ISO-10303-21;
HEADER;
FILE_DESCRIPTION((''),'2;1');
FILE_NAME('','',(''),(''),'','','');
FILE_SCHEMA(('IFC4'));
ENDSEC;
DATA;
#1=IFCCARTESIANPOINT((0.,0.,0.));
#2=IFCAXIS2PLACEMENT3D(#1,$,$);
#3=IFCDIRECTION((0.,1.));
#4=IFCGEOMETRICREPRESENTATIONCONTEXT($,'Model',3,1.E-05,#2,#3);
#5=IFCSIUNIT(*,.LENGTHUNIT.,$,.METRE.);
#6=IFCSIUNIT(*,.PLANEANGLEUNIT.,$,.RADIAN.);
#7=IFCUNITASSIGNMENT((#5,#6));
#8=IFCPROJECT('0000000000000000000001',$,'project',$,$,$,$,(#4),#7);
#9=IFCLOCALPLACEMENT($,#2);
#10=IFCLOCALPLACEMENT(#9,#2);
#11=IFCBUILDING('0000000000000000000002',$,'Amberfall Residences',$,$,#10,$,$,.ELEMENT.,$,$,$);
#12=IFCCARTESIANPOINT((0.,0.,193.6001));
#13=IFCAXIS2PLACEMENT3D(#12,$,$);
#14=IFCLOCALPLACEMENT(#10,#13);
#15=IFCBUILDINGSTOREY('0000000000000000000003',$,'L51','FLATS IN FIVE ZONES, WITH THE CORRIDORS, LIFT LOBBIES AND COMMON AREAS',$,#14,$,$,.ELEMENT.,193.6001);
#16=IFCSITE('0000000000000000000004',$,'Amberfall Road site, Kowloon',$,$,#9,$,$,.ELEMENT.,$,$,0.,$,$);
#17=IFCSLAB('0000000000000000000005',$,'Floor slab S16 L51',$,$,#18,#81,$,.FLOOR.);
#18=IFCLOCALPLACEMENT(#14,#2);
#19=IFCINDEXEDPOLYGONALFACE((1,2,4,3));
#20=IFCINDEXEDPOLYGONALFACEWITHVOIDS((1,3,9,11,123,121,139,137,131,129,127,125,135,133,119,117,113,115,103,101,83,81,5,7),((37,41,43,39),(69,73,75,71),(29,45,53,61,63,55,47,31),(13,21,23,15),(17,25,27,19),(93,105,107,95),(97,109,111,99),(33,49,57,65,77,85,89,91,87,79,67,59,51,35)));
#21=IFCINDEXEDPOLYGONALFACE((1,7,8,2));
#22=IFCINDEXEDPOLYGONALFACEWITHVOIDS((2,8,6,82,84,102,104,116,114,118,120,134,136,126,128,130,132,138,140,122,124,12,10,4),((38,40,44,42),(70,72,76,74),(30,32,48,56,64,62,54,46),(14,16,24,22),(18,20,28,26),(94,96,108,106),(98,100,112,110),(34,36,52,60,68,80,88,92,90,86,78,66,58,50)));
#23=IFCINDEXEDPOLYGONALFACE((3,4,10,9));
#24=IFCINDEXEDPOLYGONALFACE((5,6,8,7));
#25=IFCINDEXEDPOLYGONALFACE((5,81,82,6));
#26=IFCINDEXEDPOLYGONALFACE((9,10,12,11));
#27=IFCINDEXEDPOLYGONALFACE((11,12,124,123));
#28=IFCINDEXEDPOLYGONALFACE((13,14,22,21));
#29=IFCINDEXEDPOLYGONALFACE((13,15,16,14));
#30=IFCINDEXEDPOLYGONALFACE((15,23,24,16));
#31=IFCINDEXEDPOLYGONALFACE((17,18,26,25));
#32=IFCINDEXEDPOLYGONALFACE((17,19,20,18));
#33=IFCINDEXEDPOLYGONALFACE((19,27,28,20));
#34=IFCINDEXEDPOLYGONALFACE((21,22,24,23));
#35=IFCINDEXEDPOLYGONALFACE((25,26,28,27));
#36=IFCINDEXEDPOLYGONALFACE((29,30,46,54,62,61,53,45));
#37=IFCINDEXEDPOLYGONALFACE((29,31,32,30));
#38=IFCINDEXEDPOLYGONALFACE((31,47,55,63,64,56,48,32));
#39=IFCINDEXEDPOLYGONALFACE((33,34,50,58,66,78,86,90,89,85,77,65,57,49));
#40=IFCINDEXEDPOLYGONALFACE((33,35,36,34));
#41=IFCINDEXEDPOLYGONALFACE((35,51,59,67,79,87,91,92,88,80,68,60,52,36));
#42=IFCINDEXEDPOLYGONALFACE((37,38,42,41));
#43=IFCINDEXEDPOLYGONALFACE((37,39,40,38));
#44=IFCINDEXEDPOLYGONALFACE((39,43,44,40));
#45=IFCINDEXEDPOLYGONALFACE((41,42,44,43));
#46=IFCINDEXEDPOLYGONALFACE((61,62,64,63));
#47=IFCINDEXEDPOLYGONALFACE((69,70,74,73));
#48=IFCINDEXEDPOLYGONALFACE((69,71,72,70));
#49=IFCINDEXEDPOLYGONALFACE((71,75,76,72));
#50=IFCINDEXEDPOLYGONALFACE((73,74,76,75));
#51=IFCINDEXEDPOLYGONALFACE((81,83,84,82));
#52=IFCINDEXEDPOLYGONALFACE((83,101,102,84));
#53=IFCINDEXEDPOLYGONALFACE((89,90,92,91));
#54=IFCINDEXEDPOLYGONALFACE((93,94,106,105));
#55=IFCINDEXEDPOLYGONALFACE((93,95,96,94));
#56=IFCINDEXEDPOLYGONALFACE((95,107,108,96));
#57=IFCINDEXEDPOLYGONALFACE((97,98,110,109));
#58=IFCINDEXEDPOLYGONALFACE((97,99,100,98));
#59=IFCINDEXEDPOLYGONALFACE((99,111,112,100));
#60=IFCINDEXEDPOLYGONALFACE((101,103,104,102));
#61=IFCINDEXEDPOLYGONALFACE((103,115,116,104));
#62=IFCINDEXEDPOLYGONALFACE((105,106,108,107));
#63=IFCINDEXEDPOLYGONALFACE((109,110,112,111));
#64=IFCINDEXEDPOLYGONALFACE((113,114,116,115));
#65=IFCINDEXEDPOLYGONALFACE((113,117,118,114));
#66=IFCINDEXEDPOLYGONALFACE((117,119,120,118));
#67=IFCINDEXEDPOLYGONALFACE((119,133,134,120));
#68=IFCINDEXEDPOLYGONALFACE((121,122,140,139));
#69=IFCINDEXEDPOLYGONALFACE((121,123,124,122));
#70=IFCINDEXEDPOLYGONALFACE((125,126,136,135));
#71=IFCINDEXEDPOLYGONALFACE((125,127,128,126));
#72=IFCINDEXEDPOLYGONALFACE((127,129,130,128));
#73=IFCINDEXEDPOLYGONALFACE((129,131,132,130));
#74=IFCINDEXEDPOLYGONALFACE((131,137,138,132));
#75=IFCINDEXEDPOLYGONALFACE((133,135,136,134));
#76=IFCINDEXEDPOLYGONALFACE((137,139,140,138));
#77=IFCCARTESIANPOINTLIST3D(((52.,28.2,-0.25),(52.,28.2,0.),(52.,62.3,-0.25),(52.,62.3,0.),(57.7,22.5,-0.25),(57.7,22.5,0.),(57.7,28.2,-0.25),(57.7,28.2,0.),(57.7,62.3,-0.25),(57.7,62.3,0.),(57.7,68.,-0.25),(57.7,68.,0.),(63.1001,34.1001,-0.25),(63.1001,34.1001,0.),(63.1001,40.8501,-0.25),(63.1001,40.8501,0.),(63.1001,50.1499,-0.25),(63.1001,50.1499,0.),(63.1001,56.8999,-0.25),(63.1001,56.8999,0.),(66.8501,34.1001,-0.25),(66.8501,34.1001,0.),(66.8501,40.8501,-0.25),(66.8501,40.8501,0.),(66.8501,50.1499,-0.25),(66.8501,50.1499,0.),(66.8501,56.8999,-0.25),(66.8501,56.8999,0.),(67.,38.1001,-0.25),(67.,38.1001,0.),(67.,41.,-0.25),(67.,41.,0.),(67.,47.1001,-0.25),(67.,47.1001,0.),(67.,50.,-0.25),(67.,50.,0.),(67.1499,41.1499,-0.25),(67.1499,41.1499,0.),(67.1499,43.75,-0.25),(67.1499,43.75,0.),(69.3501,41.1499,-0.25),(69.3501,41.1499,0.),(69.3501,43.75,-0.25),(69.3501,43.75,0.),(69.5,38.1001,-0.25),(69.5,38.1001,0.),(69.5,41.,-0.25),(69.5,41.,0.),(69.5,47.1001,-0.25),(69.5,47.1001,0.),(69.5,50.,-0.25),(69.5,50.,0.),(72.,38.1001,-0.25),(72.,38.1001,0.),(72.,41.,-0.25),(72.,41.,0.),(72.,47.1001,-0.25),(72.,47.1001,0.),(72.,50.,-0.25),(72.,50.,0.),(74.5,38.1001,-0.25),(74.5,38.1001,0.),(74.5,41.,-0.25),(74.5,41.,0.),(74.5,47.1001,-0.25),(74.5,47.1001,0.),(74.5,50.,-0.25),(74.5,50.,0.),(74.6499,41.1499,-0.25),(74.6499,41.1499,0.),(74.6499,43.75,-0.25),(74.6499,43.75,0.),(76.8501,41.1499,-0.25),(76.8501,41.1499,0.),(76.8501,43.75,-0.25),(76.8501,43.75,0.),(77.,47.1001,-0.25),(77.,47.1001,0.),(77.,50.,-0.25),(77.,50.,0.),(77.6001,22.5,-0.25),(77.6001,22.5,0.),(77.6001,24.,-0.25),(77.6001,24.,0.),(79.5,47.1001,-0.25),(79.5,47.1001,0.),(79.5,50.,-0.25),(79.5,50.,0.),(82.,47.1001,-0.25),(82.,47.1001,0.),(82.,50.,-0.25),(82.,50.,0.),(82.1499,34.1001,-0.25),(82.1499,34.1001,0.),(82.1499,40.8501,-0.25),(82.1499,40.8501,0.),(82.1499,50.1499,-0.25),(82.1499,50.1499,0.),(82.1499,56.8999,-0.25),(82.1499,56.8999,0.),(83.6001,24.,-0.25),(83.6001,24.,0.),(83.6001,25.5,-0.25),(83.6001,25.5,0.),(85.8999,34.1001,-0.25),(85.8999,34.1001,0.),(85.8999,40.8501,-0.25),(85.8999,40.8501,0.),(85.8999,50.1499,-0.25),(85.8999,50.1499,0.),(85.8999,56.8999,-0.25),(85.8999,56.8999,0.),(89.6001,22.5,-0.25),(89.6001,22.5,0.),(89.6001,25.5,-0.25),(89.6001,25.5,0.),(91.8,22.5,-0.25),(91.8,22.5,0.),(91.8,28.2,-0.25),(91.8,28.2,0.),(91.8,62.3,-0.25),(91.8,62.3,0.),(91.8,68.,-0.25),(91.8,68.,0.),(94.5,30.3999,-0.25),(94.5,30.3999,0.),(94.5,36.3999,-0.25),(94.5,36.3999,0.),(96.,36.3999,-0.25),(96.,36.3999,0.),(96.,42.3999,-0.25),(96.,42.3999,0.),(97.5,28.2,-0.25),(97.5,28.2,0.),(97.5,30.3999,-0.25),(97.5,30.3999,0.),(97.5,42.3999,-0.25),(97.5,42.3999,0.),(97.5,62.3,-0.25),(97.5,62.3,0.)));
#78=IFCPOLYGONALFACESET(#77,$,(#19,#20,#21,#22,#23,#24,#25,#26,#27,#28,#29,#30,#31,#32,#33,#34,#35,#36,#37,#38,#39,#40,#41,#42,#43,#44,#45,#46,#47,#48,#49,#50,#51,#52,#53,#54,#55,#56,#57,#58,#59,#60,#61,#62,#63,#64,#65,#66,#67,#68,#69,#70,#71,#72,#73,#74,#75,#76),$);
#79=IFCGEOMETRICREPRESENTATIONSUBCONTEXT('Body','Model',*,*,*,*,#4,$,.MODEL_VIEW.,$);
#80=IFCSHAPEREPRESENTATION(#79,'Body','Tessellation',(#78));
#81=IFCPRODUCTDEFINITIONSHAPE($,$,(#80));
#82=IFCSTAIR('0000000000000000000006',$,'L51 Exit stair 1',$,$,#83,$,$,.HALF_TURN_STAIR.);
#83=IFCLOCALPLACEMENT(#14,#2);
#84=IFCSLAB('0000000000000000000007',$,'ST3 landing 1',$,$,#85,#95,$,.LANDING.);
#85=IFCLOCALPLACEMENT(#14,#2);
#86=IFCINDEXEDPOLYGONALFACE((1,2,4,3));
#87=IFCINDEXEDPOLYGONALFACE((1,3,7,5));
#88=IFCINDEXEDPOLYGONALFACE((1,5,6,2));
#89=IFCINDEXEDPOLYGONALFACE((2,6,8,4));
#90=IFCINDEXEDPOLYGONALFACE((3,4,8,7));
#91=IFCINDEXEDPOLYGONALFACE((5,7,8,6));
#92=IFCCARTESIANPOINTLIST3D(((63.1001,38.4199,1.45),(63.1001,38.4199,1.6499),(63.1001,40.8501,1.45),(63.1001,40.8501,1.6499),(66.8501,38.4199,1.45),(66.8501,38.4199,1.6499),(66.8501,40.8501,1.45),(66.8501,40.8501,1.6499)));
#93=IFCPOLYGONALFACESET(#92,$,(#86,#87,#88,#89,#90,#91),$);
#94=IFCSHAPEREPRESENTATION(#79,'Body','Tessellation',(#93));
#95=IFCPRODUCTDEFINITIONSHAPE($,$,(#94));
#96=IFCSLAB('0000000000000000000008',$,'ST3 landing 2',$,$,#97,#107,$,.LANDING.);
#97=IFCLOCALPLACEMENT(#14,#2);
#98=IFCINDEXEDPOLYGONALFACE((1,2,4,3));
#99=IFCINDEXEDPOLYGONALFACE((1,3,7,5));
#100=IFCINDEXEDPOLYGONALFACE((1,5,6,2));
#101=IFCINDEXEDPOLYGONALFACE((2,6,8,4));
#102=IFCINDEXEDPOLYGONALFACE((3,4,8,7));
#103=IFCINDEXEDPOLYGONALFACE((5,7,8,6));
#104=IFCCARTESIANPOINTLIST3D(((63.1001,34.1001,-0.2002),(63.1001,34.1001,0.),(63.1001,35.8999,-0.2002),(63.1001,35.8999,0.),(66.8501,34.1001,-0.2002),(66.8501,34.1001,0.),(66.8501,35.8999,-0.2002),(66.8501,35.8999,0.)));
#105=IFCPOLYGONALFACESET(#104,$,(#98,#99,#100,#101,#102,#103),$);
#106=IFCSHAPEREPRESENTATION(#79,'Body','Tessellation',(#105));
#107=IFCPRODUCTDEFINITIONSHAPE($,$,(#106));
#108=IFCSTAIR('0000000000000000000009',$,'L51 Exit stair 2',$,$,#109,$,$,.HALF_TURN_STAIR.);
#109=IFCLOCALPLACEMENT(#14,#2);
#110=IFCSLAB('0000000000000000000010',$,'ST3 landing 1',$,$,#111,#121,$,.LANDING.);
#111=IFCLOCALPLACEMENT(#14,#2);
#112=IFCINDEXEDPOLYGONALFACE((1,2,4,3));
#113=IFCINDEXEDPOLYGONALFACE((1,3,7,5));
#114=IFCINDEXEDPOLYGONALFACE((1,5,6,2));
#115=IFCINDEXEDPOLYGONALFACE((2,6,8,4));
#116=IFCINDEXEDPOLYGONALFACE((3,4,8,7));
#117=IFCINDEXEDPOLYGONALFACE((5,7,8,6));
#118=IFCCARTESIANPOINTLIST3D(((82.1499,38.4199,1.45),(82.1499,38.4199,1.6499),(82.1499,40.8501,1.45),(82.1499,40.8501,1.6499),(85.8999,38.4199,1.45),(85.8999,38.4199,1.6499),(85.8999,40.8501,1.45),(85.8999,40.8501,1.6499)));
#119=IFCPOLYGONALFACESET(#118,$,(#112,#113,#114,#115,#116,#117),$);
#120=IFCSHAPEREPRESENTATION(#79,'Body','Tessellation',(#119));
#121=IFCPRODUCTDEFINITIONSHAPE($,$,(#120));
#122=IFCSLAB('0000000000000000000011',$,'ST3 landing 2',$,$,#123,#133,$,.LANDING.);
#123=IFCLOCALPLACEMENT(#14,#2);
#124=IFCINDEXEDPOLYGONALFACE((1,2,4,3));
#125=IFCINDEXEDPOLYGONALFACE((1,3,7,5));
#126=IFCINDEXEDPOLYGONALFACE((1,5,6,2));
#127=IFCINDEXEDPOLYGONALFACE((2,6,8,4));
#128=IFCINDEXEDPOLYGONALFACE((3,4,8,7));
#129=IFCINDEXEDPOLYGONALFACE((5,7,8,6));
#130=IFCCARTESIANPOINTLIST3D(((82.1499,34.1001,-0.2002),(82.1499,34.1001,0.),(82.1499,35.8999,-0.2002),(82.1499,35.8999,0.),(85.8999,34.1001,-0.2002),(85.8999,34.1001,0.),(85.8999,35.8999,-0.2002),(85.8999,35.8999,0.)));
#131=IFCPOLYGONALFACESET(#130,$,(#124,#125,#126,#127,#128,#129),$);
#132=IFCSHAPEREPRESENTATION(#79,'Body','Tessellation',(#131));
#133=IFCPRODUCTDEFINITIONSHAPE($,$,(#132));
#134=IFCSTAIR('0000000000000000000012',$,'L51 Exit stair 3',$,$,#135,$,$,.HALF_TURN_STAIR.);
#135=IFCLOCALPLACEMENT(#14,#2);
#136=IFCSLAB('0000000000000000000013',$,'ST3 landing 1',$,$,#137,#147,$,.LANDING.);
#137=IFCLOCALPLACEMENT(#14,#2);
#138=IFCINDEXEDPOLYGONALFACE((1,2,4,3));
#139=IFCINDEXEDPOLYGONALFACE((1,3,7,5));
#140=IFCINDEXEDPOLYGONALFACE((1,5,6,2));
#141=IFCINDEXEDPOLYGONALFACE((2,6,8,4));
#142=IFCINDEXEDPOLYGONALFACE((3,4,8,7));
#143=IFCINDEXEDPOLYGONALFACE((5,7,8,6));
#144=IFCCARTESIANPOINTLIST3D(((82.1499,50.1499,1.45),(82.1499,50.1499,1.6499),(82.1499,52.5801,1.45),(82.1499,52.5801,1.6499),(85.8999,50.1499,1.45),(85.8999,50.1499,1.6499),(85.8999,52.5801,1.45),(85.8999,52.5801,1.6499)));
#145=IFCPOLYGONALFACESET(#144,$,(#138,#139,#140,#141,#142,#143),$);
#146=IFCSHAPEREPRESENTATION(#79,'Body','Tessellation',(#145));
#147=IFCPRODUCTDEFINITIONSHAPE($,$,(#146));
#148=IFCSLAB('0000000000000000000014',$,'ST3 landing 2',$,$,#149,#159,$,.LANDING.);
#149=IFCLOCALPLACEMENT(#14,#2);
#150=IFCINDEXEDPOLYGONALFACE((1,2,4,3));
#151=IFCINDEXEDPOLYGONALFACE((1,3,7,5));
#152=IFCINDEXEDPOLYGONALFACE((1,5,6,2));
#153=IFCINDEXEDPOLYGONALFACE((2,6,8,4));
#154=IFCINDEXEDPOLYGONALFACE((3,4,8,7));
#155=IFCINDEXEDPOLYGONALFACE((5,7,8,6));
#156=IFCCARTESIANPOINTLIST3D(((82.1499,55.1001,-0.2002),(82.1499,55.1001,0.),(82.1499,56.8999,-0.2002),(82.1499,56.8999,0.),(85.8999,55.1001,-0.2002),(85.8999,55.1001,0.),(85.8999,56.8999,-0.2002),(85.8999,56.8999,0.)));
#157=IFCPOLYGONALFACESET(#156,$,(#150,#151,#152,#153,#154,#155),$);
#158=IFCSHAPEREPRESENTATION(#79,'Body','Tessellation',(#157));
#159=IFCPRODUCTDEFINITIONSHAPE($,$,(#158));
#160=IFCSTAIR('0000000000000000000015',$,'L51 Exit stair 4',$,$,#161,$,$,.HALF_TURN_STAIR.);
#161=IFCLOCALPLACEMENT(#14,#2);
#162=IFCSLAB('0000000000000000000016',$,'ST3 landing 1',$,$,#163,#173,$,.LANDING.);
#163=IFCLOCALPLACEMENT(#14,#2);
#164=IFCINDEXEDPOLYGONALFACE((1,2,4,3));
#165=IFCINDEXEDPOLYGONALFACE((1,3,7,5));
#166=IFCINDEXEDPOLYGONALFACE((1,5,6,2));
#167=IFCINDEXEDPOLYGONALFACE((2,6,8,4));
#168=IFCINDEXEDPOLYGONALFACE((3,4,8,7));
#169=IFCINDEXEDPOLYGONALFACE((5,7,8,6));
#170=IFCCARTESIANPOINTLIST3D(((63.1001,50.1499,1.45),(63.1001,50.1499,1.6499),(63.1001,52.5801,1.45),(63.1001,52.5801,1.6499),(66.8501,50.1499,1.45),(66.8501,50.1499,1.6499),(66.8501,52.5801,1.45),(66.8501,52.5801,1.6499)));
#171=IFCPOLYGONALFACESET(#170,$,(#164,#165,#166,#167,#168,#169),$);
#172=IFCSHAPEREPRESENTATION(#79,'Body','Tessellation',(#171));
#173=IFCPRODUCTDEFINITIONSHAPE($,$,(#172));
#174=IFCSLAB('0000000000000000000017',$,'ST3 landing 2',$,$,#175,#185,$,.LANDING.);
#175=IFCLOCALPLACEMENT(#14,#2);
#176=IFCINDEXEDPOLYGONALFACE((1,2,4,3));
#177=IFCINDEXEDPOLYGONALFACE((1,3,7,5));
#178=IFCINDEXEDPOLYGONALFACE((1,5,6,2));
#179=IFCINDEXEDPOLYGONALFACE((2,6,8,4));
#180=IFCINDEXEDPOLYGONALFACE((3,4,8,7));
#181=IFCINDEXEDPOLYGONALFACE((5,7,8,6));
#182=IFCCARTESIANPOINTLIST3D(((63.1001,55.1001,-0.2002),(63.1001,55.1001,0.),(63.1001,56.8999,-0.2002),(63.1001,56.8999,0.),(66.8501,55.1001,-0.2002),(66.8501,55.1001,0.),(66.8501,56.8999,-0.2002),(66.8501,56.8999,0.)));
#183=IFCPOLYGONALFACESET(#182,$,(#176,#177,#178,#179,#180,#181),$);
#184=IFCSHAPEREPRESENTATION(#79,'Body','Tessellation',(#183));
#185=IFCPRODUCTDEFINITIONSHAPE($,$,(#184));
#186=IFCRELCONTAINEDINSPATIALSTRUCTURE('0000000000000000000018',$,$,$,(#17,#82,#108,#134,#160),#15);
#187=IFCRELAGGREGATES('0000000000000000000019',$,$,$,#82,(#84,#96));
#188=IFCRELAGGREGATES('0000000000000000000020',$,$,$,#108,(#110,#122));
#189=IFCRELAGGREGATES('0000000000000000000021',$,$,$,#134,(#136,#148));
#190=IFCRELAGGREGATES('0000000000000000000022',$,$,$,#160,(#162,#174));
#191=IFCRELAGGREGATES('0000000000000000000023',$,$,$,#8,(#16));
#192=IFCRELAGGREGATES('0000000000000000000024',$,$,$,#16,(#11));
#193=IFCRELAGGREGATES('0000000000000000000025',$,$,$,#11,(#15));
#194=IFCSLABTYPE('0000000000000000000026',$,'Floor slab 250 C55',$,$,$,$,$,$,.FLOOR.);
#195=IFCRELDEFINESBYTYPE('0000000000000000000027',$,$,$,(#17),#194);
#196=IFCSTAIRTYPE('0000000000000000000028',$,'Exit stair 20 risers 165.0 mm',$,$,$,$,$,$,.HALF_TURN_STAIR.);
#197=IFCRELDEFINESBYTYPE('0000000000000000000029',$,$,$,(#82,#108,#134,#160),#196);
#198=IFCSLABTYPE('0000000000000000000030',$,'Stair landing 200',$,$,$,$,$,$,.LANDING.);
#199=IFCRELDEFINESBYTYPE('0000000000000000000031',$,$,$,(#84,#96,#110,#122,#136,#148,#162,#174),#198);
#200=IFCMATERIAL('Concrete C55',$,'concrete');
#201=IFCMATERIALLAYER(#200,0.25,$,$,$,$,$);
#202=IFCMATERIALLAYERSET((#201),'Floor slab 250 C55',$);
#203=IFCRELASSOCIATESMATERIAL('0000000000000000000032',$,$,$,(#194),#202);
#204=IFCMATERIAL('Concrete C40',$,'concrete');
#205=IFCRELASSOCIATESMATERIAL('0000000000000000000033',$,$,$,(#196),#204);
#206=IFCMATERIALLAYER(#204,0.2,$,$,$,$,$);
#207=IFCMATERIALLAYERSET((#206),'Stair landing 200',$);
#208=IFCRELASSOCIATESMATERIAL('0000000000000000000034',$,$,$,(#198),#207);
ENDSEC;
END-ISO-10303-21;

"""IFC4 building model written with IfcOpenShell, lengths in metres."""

from ifc_helpers import new_model, si_unit, direction, frame, origin, place, context, subcontext, project, spatial, polyline, outline, extrude, material, layer, layer_set, type_object, element, aggregate, save


model = new_model("IFC4")

# Units and contexts
model_context = context("Model", 3, precision=1e-05, world=origin(), true_north=direction((0.0, 1.0)))
body_context = subcontext(model_context, "Body", "Model", "MODEL_VIEW")
ifc_project = project(units=[si_unit("LENGTHUNIT", "METRE"), si_unit("PLANEANGLEUNIT", "RADIAN")], contexts=[model_context])

# Site, building, storey
site_placement = place(None, origin())
site = spatial("IfcSite", under=ifc_project, at=site_placement, Name="Amberfall Road site, Kowloon", CompositionType="ELEMENT", RefElevation=0.0)
building_placement = place(site_placement, origin())
building = spatial("IfcBuilding", under=site, at=building_placement, Name="Amberfall Residences", CompositionType="ELEMENT")
storey_placement = place(building_placement, frame((0.0, 0.0, 193.6001)))
storey = spatial("IfcBuildingStorey", under=building, at=storey_placement, Name="L51", Description="FLATS IN FIVE ZONES, WITH THE CORRIDORS, LIFT LOBBIES AND COMMON AREAS", CompositionType="ELEMENT", Elevation=193.6001)

# Slab
ifc_material_1 = material(Name="Concrete C55", Category="concrete")
ifc_layer_1 = layer(ifc_material_1, 0.25)
ifc_layer_set_1 = layer_set([ifc_layer_1], Name="Floor slab 250 C55")
slab_type_1 = type_object("IfcSlabType", Name="Floor slab 250 C55", PredefinedType="FLOOR", material=ifc_layer_set_1)
slab_1_placement = place(storey_placement, frame((0.0, 0.0, -0.25)))
element("IfcSlab", 1, at=slab_1_placement, inside=storey, type_object=slab_type_1, Name="Floor slab S16 L51", PredefinedType="FLOOR", context=body_context, shape_type="SweptSolid", body=[
    extrude(outline(polyline([(89.6001, 22.5), (89.6001, 25.5), (83.6001, 25.5), (83.6001, 24.0), (77.6001, 24.0), (77.6001, 22.5), (57.7, 22.5), (57.7, 28.2), (52.0, 28.2), (52.0, 62.3), (57.7, 62.3), (57.7, 68.0), (91.8, 68.0), (91.8, 62.3), (97.5, 62.3), (97.5, 42.3999), (96.0, 42.3999), (96.0, 36.3999), (94.5, 36.3999), (94.5, 30.3999), (97.5, 30.3999), (97.5, 28.2), (91.8, 28.2), (91.8, 22.5), (89.6001, 22.5)]), holes=[polyline([(85.8999, 34.1001), (85.8999, 40.8501), (82.1499, 40.8501), (82.1499, 34.1001), (85.8999, 34.1001)]), polyline([(85.8999, 50.1499), (85.8999, 56.8999), (82.1499, 56.8999), (82.1499, 50.1499), (85.8999, 50.1499)]), polyline([(72.0, 50.0), (69.5, 50.0), (67.0, 50.0), (67.0, 47.1001), (69.5, 47.1001), (72.0, 47.1001), (74.5, 47.1001), (77.0, 47.1001), (79.5, 47.1001), (82.0, 47.1001), (82.0, 50.0), (79.5, 50.0), (77.0, 50.0), (74.5, 50.0), (72.0, 50.0)]), polyline([(76.8501, 41.1499), (76.8501, 43.75), (74.6499, 43.75), (74.6499, 41.1499), (76.8501, 41.1499)]), polyline([(69.5, 41.0), (67.0, 41.0), (67.0, 38.1001), (69.5, 38.1001), (72.0, 38.1001), (74.5, 38.1001), (74.5, 41.0), (72.0, 41.0), (69.5, 41.0)]), polyline([(69.3501, 41.1499), (69.3501, 43.75), (67.1499, 43.75), (67.1499, 41.1499), (69.3501, 41.1499)]), polyline([(66.8501, 50.1499), (66.8501, 56.8999), (63.1001, 56.8999), (63.1001, 50.1499), (66.8501, 50.1499)]), polyline([(66.8501, 40.8501), (63.1001, 40.8501), (63.1001, 34.1001), (66.8501, 34.1001), (66.8501, 40.8501)])]), origin(), (0.0, 0.0, 1.0), 0.25),
])

# Stairs, slabs
ifc_material_2 = material(Name="Concrete C40", Category="concrete")
stair_type = type_object("IfcStairType", Name="Exit stair 20 risers 165.0 mm", PredefinedType="HALF_TURN_STAIR", material=ifc_material_2)
stair_1_placement = place(storey_placement, origin())
stair_1 = element("IfcStair", 2, at=stair_1_placement, inside=storey, type_object=stair_type, Name="L51 Exit stair 1", PredefinedType="HALF_TURN_STAIR")
ifc_layer_2 = layer(ifc_material_2, 0.2)
ifc_layer_set_2 = layer_set([ifc_layer_2], Name="Stair landing 200")
slab_type_2 = type_object("IfcSlabType", Name="Stair landing 200", PredefinedType="LANDING", material=ifc_layer_set_2)
slab_2_placement = place(storey_placement, frame((0.0, 0.0, 1.45)))
slab_2 = element("IfcSlab", 3, at=slab_2_placement, type_object=slab_type_2, Name="ST3 landing 1", PredefinedType="LANDING", context=body_context, shape_type="SweptSolid", body=[
    extrude(outline(polyline([(66.8501, 38.4199), (66.8501, 40.8501), (63.1001, 40.8501), (63.1001, 38.4199), (66.8501, 38.4199)])), origin(), (0.0, 0.0, 1.0), 0.2),
])
slab_3_placement = place(storey_placement, frame((0.0, 0.0, -0.2002)))
slab_3 = element("IfcSlab", 4, at=slab_3_placement, type_object=slab_type_2, Name="ST3 landing 2", PredefinedType="LANDING", context=body_context, shape_type="SweptSolid", body=[
    extrude(outline(polyline([(66.8501, 34.1001), (66.8501, 35.8999), (63.1001, 35.8999), (63.1001, 34.1001), (66.8501, 34.1001)])), origin(), (0.0, 0.0, 1.0), 0.2002),
])
aggregate(stair_1, [slab_2, slab_3])
stair_2_placement = place(storey_placement, origin())
stair_2 = element("IfcStair", 5, at=stair_2_placement, inside=storey, type_object=stair_type, Name="L51 Exit stair 2", PredefinedType="HALF_TURN_STAIR")
slab_4_placement = place(storey_placement, frame((0.0, 0.0, 1.45)))
slab_4 = element("IfcSlab", 6, at=slab_4_placement, type_object=slab_type_2, Name="ST3 landing 1", PredefinedType="LANDING", context=body_context, shape_type="SweptSolid", body=[
    extrude(outline(polyline([(85.8999, 38.4199), (85.8999, 40.8501), (82.1499, 40.8501), (82.1499, 38.4199), (85.8999, 38.4199)])), origin(), (0.0, 0.0, 1.0), 0.2),
])
slab_5_placement = place(storey_placement, frame((0.0, 0.0, -0.2002)))
slab_5 = element("IfcSlab", 7, at=slab_5_placement, type_object=slab_type_2, Name="ST3 landing 2", PredefinedType="LANDING", context=body_context, shape_type="SweptSolid", body=[
    extrude(outline(polyline([(85.8999, 34.1001), (85.8999, 35.8999), (82.1499, 35.8999), (82.1499, 34.1001), (85.8999, 34.1001)])), origin(), (0.0, 0.0, 1.0), 0.2002),
])
aggregate(stair_2, [slab_4, slab_5])
stair_3_placement = place(storey_placement, origin())
stair_3 = element("IfcStair", 8, at=stair_3_placement, inside=storey, type_object=stair_type, Name="L51 Exit stair 3", PredefinedType="HALF_TURN_STAIR")
slab_6_placement = place(storey_placement, frame((0.0, 0.0, 1.45)))
slab_6 = element("IfcSlab", 9, at=slab_6_placement, type_object=slab_type_2, Name="ST3 landing 1", PredefinedType="LANDING", context=body_context, shape_type="SweptSolid", body=[
    extrude(outline(polyline([(82.1499, 52.5801), (82.1499, 50.1499), (85.8999, 50.1499), (85.8999, 52.5801), (82.1499, 52.5801)])), origin(), (0.0, 0.0, 1.0), 0.2),
])
slab_7_placement = place(storey_placement, frame((0.0, 0.0, -0.2002)))
slab_7 = element("IfcSlab", 10, at=slab_7_placement, type_object=slab_type_2, Name="ST3 landing 2", PredefinedType="LANDING", context=body_context, shape_type="SweptSolid", body=[
    extrude(outline(polyline([(82.1499, 56.8999), (82.1499, 55.1001), (85.8999, 55.1001), (85.8999, 56.8999), (82.1499, 56.8999)])), origin(), (0.0, 0.0, 1.0), 0.2002),
])
aggregate(stair_3, [slab_6, slab_7])
stair_4_placement = place(storey_placement, origin())
stair_4 = element("IfcStair", 11, at=stair_4_placement, inside=storey, type_object=stair_type, Name="L51 Exit stair 4", PredefinedType="HALF_TURN_STAIR")
slab_8_placement = place(storey_placement, frame((0.0, 0.0, 1.45)))
slab_8 = element("IfcSlab", 12, at=slab_8_placement, type_object=slab_type_2, Name="ST3 landing 1", PredefinedType="LANDING", context=body_context, shape_type="SweptSolid", body=[
    extrude(outline(polyline([(63.1001, 52.5801), (63.1001, 50.1499), (66.8501, 50.1499), (66.8501, 52.5801), (63.1001, 52.5801)])), origin(), (0.0, 0.0, 1.0), 0.2),
])
slab_9_placement = place(storey_placement, frame((0.0, 0.0, -0.2002)))
slab_9 = element("IfcSlab", 13, at=slab_9_placement, type_object=slab_type_2, Name="ST3 landing 2", PredefinedType="LANDING", context=body_context, shape_type="SweptSolid", body=[
    extrude(outline(polyline([(63.1001, 56.8999), (63.1001, 55.1001), (66.8501, 55.1001), (66.8501, 56.8999), (63.1001, 56.8999)])), origin(), (0.0, 0.0, 1.0), 0.2002),
])
aggregate(stair_4, [slab_8, slab_9])

save(model, "model.ifc")
